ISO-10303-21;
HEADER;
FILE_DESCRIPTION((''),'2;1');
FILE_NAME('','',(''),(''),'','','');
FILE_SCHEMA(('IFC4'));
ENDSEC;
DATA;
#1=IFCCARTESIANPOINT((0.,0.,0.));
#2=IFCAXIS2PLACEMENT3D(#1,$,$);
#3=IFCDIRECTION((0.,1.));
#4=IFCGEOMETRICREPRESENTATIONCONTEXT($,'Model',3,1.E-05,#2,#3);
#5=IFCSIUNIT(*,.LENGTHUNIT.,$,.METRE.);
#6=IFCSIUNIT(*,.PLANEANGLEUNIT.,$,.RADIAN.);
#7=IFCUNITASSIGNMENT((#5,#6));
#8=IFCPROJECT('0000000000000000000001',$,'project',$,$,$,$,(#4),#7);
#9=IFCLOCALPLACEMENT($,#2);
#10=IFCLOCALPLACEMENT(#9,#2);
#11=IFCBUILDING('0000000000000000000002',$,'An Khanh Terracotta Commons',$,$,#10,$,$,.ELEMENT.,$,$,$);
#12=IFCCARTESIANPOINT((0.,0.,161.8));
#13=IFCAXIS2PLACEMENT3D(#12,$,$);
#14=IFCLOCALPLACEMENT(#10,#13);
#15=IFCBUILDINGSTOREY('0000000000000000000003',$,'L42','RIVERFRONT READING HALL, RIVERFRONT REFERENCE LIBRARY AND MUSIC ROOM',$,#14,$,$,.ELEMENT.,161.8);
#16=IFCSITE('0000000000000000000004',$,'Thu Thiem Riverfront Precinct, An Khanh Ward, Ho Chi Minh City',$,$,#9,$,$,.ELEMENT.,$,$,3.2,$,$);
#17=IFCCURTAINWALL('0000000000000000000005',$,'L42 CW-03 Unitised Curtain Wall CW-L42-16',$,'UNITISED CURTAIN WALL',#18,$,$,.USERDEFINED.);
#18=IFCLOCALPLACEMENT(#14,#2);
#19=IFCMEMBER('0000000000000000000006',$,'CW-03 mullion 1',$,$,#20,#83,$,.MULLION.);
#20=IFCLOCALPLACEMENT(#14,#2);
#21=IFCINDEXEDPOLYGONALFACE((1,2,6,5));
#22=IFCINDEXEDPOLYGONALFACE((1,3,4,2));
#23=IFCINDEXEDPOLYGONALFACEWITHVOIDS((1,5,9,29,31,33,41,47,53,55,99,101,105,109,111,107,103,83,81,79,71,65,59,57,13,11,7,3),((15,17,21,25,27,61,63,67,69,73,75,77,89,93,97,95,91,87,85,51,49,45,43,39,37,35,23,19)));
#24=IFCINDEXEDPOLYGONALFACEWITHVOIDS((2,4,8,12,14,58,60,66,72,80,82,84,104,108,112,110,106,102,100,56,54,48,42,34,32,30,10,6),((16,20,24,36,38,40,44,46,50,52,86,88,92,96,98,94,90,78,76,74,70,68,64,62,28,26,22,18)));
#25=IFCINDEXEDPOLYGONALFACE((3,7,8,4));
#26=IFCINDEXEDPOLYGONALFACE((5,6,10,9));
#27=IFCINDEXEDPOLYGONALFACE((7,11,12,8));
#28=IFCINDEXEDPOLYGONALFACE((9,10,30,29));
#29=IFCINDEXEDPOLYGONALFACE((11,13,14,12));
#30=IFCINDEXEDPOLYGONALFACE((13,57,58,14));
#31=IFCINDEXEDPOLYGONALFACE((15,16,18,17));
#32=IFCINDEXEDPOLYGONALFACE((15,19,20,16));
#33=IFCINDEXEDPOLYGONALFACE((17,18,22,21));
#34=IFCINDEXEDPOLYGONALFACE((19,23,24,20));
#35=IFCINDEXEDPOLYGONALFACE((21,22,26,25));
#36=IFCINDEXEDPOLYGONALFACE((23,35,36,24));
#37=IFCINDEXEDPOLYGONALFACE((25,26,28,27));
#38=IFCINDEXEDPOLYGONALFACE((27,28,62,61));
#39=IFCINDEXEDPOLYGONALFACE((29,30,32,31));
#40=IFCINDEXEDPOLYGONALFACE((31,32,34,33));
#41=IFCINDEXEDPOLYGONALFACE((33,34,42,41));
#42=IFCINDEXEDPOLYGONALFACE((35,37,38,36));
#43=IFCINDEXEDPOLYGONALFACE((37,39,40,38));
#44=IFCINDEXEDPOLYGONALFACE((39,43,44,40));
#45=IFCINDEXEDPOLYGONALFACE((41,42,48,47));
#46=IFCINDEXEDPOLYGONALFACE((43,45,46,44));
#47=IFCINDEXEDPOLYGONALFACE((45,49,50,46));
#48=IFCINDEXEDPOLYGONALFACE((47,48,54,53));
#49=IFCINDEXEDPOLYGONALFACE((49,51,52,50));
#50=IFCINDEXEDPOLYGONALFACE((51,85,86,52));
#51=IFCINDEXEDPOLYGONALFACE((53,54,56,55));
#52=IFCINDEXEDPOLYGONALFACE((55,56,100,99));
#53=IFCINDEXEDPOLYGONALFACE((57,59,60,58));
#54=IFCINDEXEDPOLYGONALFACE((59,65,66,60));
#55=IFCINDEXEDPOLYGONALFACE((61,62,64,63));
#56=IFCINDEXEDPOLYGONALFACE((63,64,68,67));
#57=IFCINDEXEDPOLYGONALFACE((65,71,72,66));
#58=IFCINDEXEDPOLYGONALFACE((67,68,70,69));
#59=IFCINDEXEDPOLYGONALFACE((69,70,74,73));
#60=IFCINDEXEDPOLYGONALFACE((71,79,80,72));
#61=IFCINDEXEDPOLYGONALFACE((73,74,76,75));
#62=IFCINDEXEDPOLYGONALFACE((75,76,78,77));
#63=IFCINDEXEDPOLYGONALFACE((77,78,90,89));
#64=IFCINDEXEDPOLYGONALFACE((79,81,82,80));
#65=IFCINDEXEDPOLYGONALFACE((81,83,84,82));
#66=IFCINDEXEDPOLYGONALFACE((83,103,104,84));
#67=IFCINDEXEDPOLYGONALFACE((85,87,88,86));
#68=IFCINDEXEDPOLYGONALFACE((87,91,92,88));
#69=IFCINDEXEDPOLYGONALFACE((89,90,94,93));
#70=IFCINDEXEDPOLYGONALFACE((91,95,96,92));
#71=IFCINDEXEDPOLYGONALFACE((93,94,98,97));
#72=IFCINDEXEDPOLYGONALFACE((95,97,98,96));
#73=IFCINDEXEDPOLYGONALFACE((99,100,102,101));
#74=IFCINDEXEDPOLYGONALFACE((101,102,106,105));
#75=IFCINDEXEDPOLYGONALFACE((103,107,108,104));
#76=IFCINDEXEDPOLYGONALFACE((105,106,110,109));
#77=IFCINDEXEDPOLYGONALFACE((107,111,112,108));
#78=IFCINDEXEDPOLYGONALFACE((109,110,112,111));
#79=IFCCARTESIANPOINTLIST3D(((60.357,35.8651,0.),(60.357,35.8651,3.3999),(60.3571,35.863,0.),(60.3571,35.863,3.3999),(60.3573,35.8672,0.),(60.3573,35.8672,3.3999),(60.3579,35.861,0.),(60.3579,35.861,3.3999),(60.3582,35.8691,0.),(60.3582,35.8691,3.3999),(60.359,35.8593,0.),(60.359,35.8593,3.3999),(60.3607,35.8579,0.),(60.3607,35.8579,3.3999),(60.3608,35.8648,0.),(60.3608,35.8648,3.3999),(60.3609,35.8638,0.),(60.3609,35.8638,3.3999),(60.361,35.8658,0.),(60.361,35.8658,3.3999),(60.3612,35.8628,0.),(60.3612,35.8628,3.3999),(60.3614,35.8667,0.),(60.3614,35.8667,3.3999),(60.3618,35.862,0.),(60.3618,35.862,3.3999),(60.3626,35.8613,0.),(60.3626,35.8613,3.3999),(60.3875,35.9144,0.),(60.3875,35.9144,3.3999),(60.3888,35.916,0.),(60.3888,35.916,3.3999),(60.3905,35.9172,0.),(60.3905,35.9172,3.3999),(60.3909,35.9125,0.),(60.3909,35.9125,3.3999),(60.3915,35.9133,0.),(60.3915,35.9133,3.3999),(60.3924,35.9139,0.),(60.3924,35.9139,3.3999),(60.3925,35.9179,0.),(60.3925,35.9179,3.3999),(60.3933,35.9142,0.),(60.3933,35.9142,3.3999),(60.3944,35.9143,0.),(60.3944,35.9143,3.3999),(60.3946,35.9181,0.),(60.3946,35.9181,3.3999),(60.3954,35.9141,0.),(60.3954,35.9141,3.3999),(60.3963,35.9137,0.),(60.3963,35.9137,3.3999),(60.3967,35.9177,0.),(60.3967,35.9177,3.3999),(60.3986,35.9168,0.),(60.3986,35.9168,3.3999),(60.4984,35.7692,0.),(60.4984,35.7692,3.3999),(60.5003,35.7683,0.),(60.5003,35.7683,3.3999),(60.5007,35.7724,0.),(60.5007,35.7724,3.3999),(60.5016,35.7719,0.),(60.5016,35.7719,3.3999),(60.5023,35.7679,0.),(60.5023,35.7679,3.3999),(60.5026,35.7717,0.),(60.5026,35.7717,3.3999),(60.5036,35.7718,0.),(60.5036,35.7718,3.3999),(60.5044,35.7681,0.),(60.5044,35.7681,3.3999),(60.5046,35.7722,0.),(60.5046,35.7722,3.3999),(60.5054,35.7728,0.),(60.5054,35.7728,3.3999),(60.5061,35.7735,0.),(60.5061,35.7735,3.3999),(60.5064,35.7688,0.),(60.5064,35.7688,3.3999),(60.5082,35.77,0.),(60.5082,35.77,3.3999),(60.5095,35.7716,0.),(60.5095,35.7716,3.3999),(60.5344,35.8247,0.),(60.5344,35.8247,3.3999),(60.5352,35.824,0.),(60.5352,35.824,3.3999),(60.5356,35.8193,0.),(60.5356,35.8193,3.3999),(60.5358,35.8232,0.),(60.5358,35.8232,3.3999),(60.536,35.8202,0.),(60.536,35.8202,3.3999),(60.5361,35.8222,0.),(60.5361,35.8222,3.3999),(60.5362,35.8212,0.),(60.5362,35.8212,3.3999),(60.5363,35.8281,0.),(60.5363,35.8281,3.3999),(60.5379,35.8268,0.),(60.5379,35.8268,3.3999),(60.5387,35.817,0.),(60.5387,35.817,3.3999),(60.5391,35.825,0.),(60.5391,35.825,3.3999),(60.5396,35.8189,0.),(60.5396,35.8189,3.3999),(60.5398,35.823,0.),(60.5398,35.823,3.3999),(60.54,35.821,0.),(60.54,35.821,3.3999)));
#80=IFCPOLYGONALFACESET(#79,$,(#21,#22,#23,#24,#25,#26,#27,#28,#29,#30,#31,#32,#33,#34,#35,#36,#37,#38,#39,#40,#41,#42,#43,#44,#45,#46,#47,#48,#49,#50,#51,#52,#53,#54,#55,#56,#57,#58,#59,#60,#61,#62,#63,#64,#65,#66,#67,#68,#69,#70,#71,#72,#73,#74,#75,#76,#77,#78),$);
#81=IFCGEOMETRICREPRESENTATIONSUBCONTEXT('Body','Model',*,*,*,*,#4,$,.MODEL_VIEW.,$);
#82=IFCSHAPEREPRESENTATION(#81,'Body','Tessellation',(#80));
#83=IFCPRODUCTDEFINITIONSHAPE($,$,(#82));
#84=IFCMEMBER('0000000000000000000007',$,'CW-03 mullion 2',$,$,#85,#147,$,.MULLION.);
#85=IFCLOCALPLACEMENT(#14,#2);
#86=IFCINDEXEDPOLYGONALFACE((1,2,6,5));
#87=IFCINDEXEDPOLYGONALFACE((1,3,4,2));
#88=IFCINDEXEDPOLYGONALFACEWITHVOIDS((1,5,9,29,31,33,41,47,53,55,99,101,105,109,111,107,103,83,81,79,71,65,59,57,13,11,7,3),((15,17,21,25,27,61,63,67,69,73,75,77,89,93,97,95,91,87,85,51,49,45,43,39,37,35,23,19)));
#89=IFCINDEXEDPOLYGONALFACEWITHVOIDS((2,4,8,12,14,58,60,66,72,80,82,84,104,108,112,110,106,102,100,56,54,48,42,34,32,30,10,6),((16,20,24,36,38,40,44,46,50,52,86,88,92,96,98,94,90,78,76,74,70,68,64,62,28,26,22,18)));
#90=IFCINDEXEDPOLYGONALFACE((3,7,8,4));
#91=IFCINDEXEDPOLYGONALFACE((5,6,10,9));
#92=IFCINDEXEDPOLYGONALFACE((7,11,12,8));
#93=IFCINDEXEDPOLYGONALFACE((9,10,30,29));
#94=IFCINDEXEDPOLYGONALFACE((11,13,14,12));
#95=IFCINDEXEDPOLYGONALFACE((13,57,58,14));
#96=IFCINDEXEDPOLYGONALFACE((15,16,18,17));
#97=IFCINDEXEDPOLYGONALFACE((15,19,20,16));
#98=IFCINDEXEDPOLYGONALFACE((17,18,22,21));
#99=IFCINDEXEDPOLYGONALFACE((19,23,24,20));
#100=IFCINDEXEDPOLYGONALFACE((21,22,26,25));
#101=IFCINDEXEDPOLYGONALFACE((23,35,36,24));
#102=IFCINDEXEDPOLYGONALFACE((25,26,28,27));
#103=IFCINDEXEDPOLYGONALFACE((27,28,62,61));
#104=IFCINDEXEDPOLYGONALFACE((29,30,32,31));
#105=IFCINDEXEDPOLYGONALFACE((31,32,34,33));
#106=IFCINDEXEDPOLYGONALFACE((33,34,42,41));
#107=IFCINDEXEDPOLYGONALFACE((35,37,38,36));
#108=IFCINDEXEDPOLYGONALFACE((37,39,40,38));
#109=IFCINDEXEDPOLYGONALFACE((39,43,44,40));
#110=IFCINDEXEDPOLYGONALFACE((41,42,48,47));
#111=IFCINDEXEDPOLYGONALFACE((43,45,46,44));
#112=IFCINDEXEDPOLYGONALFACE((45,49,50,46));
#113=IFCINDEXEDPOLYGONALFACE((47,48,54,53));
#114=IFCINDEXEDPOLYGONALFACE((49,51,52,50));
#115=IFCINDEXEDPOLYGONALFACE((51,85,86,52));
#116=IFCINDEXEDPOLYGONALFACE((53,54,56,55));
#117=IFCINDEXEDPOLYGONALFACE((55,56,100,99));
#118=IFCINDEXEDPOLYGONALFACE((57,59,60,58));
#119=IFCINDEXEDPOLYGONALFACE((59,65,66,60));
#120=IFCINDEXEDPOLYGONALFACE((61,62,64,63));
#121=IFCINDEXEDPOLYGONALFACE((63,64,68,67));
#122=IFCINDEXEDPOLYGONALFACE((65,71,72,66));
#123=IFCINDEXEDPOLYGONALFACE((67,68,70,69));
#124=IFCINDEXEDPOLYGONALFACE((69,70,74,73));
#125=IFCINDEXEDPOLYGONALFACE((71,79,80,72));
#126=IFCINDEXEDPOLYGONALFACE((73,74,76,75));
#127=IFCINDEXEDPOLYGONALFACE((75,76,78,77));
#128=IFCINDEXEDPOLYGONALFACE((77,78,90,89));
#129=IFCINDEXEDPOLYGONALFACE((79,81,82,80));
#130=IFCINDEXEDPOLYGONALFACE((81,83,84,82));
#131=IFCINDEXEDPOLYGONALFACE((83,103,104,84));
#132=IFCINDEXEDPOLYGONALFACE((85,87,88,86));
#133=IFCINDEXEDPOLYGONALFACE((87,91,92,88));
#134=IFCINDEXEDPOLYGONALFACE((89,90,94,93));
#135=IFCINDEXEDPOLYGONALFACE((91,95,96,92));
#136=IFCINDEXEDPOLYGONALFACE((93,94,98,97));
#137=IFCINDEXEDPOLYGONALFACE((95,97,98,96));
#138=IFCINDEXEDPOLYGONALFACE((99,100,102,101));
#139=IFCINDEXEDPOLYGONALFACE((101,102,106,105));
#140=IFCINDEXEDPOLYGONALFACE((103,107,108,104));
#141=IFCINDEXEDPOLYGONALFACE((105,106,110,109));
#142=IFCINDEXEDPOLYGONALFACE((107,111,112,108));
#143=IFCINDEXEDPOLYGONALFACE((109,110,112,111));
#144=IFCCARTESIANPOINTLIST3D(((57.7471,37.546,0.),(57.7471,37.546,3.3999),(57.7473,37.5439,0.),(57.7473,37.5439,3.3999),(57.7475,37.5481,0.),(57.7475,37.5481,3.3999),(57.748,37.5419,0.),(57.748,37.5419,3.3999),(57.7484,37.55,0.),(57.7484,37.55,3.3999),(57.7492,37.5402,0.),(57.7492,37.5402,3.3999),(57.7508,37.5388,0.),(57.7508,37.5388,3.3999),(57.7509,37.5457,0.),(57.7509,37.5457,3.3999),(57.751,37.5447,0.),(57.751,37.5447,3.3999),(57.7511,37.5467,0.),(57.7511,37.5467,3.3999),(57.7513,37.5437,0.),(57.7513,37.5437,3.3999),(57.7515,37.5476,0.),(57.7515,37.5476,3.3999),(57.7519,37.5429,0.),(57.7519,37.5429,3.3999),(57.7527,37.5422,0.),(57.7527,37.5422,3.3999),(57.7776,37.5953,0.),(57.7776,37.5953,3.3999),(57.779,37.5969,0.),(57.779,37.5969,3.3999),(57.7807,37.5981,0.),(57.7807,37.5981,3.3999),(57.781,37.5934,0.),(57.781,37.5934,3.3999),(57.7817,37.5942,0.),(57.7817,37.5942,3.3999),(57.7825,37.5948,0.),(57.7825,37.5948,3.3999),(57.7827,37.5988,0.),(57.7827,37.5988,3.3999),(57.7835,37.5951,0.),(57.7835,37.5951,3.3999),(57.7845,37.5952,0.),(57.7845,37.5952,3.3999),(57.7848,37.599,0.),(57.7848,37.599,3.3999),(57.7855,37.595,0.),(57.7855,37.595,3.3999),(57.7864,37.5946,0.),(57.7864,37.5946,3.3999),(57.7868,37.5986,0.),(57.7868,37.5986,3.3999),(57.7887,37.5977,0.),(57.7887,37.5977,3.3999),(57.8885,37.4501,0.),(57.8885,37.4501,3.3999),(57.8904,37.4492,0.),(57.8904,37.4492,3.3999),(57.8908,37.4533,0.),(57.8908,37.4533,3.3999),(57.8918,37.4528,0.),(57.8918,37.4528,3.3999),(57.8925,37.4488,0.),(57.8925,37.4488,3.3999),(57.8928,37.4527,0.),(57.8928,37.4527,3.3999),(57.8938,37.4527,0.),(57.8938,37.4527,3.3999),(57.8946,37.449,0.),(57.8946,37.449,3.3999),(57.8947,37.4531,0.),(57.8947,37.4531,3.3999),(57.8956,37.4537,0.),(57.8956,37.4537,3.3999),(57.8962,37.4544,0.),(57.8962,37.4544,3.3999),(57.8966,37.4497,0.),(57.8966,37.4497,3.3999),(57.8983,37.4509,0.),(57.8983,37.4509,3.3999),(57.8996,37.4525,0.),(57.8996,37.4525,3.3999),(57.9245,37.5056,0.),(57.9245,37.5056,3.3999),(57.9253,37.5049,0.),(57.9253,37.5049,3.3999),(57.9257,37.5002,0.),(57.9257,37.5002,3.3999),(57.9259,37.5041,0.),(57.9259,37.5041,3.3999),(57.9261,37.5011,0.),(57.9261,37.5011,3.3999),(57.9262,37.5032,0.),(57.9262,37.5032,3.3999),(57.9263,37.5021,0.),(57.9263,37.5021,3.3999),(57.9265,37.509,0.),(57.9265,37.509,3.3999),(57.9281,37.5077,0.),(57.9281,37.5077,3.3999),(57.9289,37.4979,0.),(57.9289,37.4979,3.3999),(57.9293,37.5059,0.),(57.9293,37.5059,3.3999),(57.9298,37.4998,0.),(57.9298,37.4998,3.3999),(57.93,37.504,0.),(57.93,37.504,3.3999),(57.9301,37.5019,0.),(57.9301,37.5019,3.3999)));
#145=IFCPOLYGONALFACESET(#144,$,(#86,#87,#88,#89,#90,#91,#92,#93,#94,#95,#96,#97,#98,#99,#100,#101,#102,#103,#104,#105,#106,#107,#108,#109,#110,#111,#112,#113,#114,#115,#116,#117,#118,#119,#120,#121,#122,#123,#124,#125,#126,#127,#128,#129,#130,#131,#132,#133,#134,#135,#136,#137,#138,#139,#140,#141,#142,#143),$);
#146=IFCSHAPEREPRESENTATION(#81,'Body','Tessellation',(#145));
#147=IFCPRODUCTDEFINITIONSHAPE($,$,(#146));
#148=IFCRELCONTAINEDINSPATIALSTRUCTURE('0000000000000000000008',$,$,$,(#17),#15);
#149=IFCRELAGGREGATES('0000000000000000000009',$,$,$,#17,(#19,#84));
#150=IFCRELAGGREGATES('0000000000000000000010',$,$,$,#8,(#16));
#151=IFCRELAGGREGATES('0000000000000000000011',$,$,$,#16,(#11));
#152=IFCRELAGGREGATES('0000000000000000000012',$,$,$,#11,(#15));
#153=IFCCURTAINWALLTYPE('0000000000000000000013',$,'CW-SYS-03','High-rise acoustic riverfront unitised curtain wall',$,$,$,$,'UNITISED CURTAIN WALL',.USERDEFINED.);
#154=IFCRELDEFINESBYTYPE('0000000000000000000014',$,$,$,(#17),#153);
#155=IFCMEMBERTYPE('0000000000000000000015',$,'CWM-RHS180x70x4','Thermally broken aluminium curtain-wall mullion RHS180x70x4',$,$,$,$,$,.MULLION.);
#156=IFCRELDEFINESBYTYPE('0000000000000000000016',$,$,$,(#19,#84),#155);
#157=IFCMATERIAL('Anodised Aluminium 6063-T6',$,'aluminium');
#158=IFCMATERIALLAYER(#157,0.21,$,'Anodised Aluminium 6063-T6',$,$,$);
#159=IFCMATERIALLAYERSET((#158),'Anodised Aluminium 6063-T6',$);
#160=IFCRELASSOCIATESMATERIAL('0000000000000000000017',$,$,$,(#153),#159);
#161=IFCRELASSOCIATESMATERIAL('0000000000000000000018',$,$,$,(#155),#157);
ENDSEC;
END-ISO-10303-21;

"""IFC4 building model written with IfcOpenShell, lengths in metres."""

from ifc_helpers import new_model, si_unit, direction, frame, origin, origin_2d, place, context, subcontext, project, spatial, hollow_rectangle, extrude, material, layer, layer_set, material_profile, profile_set, type_object, element, aggregate, save


model = new_model("IFC4")

# Units and contexts
model_context = context("Model", 3, precision=1e-05, world=origin(), true_north=direction((0.0, 1.0)))
body_context = subcontext(model_context, "Body", "Model", "MODEL_VIEW")
ifc_project = project(units=[si_unit("LENGTHUNIT", "METRE"), si_unit("PLANEANGLEUNIT", "RADIAN")], contexts=[model_context])

# Site, building, storey
site_placement = place(None, origin())
site = spatial("IfcSite", under=ifc_project, at=site_placement, Name="Thu Thiem Riverfront Precinct, An Khanh Ward, Ho Chi Minh City", CompositionType="ELEMENT", RefElevation=3.2)
building_placement = place(site_placement, origin())
building = spatial("IfcBuilding", under=site, at=building_placement, Name="An Khanh Terracotta Commons", CompositionType="ELEMENT")
storey_placement = place(building_placement, frame((0.0, 0.0, 161.8)))
storey = spatial("IfcBuildingStorey", under=building, at=storey_placement, Name="L42", Description="RIVERFRONT READING HALL, RIVERFRONT REFERENCE LIBRARY AND MUSIC ROOM", CompositionType="ELEMENT", Elevation=161.8)

# Curtain wall, members
ifc_material_1 = material(Name="Anodised Aluminium 6063-T6", Category="aluminium")
ifc_layer_1 = layer(ifc_material_1, 0.21, Name="Anodised Aluminium 6063-T6")
ifc_layer_set_1 = layer_set([ifc_layer_1], Name="Anodised Aluminium 6063-T6")
curtain_wall_type_1 = type_object("IfcCurtainWallType", Name="CW-SYS-03", Description="High-rise acoustic riverfront unitised curtain wall", ElementType="UNITISED CURTAIN WALL", PredefinedType="USERDEFINED", material=ifc_layer_set_1)
curtain_wall_1_placement = place(storey_placement, origin())
curtain_wall_1 = element("IfcCurtainWall", 1, at=curtain_wall_1_placement, inside=storey, type_object=curtain_wall_type_1, Name="L42 CW-03 Unitised Curtain Wall CW-L42-16", ObjectType="UNITISED CURTAIN WALL", PredefinedType="USERDEFINED")
ifc_material_profile_1 = material_profile(ifc_material_1, hollow_rectangle(XDim=0.0701, YDim=0.1799, WallThickness=0.0039, InnerFilletRadius=0.0039, OuterFilletRadius=0.0081, at=origin_2d()), Name="RHS180x70x4")
ifc_profile_set_1 = profile_set([ifc_material_profile_1], Name="Anodised Aluminium 6063-T6")
member_type_1 = type_object("IfcMemberType", Name="CWM-RHS180x70x4", Description="Thermally broken aluminium curtain-wall mullion RHS180x70x4", PredefinedType="MULLION", material=ifc_profile_set_1)
member_1_placement = place(storey_placement, frame((60.4485, 35.843, 0.0), z_axis=(0.0, 0.0, 1.0), x_axis=(-0.541498, -0.840702, 0.0)))
member_1 = element("IfcMember", 2, at=member_1_placement, type_object=member_type_1, Name="CW-03 mullion 1", PredefinedType="MULLION", context=body_context, shape_type="SweptSolid", body=[
    extrude(hollow_rectangle(XDim=0.0701, YDim=0.1799, WallThickness=0.0039, InnerFilletRadius=0.0039, OuterFilletRadius=0.0081, at=origin_2d()), origin(), (0.0, 0.0, 1.0), 3.3999),
])
member_2_placement = place(storey_placement, frame((57.8386, 37.5239, 0.0), z_axis=(0.0, 0.0, 1.0), x_axis=(-0.541498, -0.840702, 0.0)))
member_2 = element("IfcMember", 3, at=member_2_placement, type_object=member_type_1, Name="CW-03 mullion 2", PredefinedType="MULLION", context=body_context, shape_type="SweptSolid", body=[
    extrude(hollow_rectangle(XDim=0.0701, YDim=0.1799, WallThickness=0.0039, InnerFilletRadius=0.0039, OuterFilletRadius=0.0081, at=origin_2d()), origin(), (0.0, 0.0, 1.0), 3.3999),
])

aggregate(curtain_wall_1, [member_1, member_2])

save(model, "model.ifc")
